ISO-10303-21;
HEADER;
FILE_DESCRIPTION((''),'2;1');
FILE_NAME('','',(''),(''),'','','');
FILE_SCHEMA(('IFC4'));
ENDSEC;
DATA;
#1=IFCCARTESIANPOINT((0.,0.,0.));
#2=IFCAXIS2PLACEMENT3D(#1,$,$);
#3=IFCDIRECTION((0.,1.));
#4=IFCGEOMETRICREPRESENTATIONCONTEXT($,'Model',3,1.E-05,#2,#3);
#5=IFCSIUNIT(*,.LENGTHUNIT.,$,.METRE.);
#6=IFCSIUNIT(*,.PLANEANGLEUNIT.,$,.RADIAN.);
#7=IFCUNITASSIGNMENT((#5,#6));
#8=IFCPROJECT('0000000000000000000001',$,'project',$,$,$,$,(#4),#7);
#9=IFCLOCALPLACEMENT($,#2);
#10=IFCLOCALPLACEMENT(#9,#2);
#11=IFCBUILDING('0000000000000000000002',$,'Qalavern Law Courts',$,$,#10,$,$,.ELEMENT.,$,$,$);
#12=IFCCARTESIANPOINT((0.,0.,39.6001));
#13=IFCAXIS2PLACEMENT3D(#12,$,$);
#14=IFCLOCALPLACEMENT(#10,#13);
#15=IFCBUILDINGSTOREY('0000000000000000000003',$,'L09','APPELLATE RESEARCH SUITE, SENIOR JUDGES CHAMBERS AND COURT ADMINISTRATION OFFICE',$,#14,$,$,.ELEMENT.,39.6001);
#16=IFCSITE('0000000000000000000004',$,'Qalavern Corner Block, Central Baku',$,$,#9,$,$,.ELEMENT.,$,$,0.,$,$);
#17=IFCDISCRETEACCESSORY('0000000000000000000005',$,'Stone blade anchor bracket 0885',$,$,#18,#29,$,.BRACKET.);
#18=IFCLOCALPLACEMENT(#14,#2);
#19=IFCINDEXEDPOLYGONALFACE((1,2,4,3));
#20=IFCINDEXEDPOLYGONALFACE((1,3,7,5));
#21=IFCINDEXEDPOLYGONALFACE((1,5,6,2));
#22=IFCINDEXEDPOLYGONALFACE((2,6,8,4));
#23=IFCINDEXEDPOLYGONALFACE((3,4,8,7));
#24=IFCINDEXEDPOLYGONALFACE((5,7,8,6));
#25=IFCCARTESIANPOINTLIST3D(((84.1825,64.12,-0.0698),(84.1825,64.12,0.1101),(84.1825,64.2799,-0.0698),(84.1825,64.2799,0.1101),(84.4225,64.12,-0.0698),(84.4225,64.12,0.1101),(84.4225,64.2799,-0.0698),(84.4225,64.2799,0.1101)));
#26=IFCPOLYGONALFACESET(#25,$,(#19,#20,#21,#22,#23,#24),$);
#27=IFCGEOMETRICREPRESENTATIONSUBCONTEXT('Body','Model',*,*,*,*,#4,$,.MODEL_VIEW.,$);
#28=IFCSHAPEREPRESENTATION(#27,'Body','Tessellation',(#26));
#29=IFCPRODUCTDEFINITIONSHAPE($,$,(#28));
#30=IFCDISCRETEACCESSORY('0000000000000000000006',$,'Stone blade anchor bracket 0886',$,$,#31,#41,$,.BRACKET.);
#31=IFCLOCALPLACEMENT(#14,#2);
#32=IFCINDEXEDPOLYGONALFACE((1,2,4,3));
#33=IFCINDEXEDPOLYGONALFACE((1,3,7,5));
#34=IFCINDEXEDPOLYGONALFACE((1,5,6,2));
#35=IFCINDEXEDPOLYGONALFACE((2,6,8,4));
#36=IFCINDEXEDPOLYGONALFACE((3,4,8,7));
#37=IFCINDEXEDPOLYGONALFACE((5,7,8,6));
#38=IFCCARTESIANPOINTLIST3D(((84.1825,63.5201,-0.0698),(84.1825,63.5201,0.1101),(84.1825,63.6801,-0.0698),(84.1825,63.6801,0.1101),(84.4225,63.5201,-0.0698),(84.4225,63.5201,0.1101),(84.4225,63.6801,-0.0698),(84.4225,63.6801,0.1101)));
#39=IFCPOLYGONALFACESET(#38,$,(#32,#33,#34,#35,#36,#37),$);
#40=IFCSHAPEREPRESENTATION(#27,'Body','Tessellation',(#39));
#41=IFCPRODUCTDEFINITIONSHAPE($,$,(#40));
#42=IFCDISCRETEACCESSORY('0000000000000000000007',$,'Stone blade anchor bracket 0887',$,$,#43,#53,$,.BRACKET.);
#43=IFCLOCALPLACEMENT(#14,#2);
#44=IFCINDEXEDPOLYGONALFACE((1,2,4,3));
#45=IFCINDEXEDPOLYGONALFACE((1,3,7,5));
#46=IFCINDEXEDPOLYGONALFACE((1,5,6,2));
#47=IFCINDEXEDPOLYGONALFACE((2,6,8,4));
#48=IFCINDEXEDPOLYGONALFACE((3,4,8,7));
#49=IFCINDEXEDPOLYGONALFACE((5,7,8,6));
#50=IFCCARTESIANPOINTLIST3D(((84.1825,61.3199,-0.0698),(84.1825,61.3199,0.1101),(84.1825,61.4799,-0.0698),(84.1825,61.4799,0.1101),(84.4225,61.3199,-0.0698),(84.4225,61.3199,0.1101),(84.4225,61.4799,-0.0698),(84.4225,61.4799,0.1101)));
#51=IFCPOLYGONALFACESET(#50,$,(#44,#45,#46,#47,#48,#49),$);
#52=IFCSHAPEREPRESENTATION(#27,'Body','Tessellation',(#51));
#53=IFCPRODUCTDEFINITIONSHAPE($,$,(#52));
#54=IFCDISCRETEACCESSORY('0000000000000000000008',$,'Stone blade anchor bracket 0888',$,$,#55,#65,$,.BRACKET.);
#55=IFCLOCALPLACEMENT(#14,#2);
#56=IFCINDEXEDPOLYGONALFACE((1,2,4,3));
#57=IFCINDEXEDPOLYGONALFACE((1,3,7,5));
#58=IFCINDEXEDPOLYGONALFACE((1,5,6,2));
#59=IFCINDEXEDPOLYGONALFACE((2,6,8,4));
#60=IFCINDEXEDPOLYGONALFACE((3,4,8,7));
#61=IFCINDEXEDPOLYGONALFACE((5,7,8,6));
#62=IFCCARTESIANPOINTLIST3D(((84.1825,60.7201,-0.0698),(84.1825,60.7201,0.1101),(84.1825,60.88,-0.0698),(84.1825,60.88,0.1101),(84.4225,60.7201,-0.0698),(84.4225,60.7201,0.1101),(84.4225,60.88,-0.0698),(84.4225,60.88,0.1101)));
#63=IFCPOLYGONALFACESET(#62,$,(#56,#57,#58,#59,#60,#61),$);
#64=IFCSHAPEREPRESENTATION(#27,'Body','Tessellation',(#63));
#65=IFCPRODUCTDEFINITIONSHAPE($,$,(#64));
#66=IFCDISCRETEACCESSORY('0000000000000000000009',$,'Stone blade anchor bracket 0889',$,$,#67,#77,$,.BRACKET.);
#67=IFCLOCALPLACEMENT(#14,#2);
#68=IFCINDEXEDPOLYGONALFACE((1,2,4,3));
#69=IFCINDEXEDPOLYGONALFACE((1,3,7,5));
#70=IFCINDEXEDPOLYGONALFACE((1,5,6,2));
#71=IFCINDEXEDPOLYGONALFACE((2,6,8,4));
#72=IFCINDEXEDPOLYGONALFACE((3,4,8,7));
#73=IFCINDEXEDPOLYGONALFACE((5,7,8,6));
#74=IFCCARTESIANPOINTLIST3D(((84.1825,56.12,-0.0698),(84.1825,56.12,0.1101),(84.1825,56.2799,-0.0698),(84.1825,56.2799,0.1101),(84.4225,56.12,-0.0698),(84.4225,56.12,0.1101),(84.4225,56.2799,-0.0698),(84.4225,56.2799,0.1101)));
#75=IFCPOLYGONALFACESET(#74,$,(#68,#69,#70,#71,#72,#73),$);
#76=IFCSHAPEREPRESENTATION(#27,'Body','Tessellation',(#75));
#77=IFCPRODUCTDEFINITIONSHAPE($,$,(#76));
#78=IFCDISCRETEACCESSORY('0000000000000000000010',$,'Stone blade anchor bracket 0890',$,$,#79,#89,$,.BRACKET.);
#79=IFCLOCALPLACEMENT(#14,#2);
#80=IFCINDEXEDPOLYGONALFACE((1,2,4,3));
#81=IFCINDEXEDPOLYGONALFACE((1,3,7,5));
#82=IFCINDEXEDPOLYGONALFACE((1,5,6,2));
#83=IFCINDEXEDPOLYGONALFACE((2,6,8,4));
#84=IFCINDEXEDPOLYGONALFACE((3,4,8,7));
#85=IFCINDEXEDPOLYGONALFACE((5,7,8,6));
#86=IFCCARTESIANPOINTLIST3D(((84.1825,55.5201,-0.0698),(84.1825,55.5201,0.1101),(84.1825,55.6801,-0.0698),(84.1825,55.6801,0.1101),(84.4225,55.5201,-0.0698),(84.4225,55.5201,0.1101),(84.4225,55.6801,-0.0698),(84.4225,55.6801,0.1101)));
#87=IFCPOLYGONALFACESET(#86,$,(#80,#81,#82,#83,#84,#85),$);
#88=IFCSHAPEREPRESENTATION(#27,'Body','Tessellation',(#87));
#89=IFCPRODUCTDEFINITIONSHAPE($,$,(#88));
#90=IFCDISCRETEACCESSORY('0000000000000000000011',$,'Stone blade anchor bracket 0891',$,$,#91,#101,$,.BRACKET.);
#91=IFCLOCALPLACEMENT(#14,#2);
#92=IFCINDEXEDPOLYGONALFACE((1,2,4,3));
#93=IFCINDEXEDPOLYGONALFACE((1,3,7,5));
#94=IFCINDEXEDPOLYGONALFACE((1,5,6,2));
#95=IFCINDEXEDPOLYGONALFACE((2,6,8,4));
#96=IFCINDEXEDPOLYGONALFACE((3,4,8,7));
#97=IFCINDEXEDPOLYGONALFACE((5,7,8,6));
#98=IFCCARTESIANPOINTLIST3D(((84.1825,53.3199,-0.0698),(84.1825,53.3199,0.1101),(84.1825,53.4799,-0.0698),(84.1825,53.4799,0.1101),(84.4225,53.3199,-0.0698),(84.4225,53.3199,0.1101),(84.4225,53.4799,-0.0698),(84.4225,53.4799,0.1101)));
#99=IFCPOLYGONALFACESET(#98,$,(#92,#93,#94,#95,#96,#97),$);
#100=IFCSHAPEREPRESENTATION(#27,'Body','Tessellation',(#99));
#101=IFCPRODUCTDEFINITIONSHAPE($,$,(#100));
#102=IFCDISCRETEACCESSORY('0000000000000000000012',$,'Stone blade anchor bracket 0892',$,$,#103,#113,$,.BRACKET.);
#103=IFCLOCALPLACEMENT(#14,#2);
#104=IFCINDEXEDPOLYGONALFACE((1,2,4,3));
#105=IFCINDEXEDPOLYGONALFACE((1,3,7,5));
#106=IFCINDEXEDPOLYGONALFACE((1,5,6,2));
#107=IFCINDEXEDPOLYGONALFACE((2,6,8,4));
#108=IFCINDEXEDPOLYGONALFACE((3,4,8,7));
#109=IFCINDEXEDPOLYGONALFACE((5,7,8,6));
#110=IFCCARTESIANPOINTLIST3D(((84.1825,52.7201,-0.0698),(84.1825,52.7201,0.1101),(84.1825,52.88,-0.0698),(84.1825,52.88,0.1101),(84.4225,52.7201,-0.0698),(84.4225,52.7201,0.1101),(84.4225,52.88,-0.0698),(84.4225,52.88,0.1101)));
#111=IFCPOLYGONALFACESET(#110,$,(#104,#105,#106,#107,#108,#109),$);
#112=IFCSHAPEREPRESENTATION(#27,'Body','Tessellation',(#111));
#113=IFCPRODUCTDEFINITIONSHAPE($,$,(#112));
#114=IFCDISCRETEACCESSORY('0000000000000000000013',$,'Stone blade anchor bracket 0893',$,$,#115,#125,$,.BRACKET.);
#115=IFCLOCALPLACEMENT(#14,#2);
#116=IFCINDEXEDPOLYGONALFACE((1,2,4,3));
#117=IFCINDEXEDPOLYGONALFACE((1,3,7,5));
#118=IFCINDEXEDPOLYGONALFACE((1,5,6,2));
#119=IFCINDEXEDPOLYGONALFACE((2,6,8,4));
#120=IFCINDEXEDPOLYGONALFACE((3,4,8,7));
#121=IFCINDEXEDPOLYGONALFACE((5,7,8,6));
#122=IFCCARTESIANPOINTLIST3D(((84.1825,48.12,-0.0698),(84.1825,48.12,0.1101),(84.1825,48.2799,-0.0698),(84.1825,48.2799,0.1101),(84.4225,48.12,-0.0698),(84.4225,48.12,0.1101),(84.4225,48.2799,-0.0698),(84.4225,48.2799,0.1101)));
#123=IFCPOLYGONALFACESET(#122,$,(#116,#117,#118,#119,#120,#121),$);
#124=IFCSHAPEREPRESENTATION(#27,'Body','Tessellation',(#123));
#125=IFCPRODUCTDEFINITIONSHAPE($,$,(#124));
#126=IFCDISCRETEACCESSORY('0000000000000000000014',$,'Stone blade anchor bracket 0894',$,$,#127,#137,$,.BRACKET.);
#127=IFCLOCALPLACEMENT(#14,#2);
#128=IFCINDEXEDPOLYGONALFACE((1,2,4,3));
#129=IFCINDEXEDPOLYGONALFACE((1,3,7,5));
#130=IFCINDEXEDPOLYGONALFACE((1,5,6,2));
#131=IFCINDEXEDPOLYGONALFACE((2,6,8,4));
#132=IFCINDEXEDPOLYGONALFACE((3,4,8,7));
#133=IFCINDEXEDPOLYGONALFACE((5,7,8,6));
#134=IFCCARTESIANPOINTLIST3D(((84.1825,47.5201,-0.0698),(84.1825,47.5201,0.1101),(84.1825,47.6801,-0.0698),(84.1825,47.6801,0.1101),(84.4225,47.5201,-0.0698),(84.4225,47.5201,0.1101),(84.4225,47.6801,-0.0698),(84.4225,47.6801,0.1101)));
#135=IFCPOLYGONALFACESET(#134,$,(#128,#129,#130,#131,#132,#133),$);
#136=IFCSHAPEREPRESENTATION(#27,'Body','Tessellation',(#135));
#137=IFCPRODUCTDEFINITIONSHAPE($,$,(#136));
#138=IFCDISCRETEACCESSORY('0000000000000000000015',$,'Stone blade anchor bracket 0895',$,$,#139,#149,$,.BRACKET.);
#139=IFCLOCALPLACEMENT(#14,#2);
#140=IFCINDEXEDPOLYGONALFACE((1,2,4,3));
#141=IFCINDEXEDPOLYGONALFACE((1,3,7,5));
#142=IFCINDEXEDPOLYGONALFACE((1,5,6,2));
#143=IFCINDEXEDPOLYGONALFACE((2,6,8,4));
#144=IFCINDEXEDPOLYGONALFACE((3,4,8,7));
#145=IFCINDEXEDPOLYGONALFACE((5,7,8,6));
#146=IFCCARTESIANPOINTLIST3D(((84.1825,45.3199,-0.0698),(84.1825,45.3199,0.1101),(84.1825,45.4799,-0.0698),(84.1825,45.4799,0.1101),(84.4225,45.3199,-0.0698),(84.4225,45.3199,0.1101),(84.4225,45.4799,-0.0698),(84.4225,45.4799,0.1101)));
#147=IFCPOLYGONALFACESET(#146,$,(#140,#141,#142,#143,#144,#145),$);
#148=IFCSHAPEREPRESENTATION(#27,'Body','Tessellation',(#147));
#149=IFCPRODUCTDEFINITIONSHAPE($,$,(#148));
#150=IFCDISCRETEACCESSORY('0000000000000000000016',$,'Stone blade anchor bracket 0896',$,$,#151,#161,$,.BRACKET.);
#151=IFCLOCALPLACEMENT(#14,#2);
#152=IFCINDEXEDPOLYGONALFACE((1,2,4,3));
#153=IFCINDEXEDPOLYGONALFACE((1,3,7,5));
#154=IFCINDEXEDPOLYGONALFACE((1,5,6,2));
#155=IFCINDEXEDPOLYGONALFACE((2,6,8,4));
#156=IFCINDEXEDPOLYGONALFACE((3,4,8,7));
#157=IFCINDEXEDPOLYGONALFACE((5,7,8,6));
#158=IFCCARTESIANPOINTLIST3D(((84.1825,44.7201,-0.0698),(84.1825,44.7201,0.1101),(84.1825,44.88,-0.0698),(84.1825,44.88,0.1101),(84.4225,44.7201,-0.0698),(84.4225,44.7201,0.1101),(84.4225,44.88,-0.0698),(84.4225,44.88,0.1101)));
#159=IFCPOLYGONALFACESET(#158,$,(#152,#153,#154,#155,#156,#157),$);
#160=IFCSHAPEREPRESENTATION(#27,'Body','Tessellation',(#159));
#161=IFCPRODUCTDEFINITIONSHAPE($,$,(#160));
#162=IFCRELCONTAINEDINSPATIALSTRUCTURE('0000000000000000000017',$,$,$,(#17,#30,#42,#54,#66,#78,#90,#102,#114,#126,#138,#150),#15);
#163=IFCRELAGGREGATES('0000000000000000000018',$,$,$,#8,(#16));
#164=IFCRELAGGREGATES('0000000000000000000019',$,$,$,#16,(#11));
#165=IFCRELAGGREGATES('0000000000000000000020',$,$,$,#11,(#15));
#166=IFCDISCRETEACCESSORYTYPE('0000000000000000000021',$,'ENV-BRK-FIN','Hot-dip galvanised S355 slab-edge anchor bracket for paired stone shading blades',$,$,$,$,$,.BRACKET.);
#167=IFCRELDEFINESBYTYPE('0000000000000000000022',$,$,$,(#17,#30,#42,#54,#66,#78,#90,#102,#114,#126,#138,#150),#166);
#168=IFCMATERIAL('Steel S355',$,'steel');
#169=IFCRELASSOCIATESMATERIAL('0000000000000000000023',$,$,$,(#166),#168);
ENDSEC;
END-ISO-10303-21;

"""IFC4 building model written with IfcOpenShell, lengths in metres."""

from ifc_helpers import new_model, si_unit, direction, frame, origin, origin_2d, place, context, subcontext, project, spatial, rectangle, extrude, material, type_object, element, save


model = new_model("IFC4")

# Units and contexts
model_context = context("Model", 3, precision=1e-05, world=origin(), true_north=direction((0.0, 1.0)))
body_context = subcontext(model_context, "Body", "Model", "MODEL_VIEW")
ifc_project = project(units=[si_unit("LENGTHUNIT", "METRE"), si_unit("PLANEANGLEUNIT", "RADIAN")], contexts=[model_context])

# Site, building, storey
site_placement = place(None, origin())
site = spatial("IfcSite", under=ifc_project, at=site_placement, Name="Qalavern Corner Block, Central Baku", CompositionType="ELEMENT", RefElevation=0.0)
building_placement = place(site_placement, origin())
building = spatial("IfcBuilding", under=site, at=building_placement, Name="Qalavern Law Courts", CompositionType="ELEMENT")
storey_placement = place(building_placement, frame((0.0, 0.0, 39.6001)))
storey = spatial("IfcBuildingStorey", under=building, at=storey_placement, Name="L09", Description="APPELLATE RESEARCH SUITE, SENIOR JUDGES CHAMBERS AND COURT ADMINISTRATION OFFICE", CompositionType="ELEMENT", Elevation=39.6001)

# Discrete accessories
ifc_material_1 = material(Name="Steel S355", Category="steel")
discrete_accessory_type = type_object("IfcDiscreteAccessoryType", Name="ENV-BRK-FIN", Description="Hot-dip galvanised S355 slab-edge anchor bracket for paired stone shading blades", PredefinedType="BRACKET", material=ifc_material_1)
for number, where, z_axis, x_axis, name in (
    (1, (84.3025, 64.2, -0.0698), (0.0, 0.0, 1.0), (-1.0, 0.0, 0.0), "Stone blade anchor bracket 0885"),
    (2, (84.3025, 63.6001, -0.0698), (0.0, 0.0, 1.0), (-1.0, 0.0, 0.0), "Stone blade anchor bracket 0886"),
    (3, (84.3025, 61.3999, -0.0698), (0.0, 0.0, 1.0), (-1.0, 0.0, 0.0), "Stone blade anchor bracket 0887"),
    (4, (84.3025, 60.8, -0.0698), (0.0, 0.0, 1.0), (-1.0, 0.0, 0.0), "Stone blade anchor bracket 0888"),
    (5, (84.3025, 56.2, -0.0698), (0.0, 0.0, 1.0), (-1.0, 0.0, 0.0), "Stone blade anchor bracket 0889"),
    (6, (84.3025, 55.6001, -0.0698), (0.0, 0.0, 1.0), (-1.0, 0.0, 0.0), "Stone blade anchor bracket 0890"),
    (7, (84.3025, 53.3999, -0.0698), (0.0, 0.0, 1.0), (-1.0, 0.0, 0.0), "Stone blade anchor bracket 0891"),
    (8, (84.3025, 52.8, -0.0698), (0.0, 0.0, 1.0), (-1.0, 0.0, 0.0), "Stone blade anchor bracket 0892"),
    (9, (84.3025, 48.2, -0.0698), (0.0, 0.0, 1.0), (-1.0, 0.0, 0.0), "Stone blade anchor bracket 0893"),
    (10, (84.3025, 47.6001, -0.0698), (0.0, 0.0, 1.0), (-1.0, 0.0, 0.0), "Stone blade anchor bracket 0894"),
    (11, (84.3025, 45.3999, -0.0698), (0.0, 0.0, 1.0), (-1.0, 0.0, 0.0), "Stone blade anchor bracket 0895"),
    (12, (84.3025, 44.8, -0.0698), (0.0, 0.0, 1.0), (-1.0, 0.0, 0.0), "Stone blade anchor bracket 0896"),
):
    element("IfcDiscreteAccessory", number, at=place(storey_placement, frame(where, z_axis=z_axis, x_axis=x_axis)), inside=storey, type_object=discrete_accessory_type, Name=name, PredefinedType="BRACKET", context=body_context, shape_type="SweptSolid", body=[
        extrude(rectangle(XDim=0.24, YDim=0.1599, at=origin_2d()), origin(), (0.0, 0.0, 1.0), 0.1799),
    ])

save(model, "model.ifc")
